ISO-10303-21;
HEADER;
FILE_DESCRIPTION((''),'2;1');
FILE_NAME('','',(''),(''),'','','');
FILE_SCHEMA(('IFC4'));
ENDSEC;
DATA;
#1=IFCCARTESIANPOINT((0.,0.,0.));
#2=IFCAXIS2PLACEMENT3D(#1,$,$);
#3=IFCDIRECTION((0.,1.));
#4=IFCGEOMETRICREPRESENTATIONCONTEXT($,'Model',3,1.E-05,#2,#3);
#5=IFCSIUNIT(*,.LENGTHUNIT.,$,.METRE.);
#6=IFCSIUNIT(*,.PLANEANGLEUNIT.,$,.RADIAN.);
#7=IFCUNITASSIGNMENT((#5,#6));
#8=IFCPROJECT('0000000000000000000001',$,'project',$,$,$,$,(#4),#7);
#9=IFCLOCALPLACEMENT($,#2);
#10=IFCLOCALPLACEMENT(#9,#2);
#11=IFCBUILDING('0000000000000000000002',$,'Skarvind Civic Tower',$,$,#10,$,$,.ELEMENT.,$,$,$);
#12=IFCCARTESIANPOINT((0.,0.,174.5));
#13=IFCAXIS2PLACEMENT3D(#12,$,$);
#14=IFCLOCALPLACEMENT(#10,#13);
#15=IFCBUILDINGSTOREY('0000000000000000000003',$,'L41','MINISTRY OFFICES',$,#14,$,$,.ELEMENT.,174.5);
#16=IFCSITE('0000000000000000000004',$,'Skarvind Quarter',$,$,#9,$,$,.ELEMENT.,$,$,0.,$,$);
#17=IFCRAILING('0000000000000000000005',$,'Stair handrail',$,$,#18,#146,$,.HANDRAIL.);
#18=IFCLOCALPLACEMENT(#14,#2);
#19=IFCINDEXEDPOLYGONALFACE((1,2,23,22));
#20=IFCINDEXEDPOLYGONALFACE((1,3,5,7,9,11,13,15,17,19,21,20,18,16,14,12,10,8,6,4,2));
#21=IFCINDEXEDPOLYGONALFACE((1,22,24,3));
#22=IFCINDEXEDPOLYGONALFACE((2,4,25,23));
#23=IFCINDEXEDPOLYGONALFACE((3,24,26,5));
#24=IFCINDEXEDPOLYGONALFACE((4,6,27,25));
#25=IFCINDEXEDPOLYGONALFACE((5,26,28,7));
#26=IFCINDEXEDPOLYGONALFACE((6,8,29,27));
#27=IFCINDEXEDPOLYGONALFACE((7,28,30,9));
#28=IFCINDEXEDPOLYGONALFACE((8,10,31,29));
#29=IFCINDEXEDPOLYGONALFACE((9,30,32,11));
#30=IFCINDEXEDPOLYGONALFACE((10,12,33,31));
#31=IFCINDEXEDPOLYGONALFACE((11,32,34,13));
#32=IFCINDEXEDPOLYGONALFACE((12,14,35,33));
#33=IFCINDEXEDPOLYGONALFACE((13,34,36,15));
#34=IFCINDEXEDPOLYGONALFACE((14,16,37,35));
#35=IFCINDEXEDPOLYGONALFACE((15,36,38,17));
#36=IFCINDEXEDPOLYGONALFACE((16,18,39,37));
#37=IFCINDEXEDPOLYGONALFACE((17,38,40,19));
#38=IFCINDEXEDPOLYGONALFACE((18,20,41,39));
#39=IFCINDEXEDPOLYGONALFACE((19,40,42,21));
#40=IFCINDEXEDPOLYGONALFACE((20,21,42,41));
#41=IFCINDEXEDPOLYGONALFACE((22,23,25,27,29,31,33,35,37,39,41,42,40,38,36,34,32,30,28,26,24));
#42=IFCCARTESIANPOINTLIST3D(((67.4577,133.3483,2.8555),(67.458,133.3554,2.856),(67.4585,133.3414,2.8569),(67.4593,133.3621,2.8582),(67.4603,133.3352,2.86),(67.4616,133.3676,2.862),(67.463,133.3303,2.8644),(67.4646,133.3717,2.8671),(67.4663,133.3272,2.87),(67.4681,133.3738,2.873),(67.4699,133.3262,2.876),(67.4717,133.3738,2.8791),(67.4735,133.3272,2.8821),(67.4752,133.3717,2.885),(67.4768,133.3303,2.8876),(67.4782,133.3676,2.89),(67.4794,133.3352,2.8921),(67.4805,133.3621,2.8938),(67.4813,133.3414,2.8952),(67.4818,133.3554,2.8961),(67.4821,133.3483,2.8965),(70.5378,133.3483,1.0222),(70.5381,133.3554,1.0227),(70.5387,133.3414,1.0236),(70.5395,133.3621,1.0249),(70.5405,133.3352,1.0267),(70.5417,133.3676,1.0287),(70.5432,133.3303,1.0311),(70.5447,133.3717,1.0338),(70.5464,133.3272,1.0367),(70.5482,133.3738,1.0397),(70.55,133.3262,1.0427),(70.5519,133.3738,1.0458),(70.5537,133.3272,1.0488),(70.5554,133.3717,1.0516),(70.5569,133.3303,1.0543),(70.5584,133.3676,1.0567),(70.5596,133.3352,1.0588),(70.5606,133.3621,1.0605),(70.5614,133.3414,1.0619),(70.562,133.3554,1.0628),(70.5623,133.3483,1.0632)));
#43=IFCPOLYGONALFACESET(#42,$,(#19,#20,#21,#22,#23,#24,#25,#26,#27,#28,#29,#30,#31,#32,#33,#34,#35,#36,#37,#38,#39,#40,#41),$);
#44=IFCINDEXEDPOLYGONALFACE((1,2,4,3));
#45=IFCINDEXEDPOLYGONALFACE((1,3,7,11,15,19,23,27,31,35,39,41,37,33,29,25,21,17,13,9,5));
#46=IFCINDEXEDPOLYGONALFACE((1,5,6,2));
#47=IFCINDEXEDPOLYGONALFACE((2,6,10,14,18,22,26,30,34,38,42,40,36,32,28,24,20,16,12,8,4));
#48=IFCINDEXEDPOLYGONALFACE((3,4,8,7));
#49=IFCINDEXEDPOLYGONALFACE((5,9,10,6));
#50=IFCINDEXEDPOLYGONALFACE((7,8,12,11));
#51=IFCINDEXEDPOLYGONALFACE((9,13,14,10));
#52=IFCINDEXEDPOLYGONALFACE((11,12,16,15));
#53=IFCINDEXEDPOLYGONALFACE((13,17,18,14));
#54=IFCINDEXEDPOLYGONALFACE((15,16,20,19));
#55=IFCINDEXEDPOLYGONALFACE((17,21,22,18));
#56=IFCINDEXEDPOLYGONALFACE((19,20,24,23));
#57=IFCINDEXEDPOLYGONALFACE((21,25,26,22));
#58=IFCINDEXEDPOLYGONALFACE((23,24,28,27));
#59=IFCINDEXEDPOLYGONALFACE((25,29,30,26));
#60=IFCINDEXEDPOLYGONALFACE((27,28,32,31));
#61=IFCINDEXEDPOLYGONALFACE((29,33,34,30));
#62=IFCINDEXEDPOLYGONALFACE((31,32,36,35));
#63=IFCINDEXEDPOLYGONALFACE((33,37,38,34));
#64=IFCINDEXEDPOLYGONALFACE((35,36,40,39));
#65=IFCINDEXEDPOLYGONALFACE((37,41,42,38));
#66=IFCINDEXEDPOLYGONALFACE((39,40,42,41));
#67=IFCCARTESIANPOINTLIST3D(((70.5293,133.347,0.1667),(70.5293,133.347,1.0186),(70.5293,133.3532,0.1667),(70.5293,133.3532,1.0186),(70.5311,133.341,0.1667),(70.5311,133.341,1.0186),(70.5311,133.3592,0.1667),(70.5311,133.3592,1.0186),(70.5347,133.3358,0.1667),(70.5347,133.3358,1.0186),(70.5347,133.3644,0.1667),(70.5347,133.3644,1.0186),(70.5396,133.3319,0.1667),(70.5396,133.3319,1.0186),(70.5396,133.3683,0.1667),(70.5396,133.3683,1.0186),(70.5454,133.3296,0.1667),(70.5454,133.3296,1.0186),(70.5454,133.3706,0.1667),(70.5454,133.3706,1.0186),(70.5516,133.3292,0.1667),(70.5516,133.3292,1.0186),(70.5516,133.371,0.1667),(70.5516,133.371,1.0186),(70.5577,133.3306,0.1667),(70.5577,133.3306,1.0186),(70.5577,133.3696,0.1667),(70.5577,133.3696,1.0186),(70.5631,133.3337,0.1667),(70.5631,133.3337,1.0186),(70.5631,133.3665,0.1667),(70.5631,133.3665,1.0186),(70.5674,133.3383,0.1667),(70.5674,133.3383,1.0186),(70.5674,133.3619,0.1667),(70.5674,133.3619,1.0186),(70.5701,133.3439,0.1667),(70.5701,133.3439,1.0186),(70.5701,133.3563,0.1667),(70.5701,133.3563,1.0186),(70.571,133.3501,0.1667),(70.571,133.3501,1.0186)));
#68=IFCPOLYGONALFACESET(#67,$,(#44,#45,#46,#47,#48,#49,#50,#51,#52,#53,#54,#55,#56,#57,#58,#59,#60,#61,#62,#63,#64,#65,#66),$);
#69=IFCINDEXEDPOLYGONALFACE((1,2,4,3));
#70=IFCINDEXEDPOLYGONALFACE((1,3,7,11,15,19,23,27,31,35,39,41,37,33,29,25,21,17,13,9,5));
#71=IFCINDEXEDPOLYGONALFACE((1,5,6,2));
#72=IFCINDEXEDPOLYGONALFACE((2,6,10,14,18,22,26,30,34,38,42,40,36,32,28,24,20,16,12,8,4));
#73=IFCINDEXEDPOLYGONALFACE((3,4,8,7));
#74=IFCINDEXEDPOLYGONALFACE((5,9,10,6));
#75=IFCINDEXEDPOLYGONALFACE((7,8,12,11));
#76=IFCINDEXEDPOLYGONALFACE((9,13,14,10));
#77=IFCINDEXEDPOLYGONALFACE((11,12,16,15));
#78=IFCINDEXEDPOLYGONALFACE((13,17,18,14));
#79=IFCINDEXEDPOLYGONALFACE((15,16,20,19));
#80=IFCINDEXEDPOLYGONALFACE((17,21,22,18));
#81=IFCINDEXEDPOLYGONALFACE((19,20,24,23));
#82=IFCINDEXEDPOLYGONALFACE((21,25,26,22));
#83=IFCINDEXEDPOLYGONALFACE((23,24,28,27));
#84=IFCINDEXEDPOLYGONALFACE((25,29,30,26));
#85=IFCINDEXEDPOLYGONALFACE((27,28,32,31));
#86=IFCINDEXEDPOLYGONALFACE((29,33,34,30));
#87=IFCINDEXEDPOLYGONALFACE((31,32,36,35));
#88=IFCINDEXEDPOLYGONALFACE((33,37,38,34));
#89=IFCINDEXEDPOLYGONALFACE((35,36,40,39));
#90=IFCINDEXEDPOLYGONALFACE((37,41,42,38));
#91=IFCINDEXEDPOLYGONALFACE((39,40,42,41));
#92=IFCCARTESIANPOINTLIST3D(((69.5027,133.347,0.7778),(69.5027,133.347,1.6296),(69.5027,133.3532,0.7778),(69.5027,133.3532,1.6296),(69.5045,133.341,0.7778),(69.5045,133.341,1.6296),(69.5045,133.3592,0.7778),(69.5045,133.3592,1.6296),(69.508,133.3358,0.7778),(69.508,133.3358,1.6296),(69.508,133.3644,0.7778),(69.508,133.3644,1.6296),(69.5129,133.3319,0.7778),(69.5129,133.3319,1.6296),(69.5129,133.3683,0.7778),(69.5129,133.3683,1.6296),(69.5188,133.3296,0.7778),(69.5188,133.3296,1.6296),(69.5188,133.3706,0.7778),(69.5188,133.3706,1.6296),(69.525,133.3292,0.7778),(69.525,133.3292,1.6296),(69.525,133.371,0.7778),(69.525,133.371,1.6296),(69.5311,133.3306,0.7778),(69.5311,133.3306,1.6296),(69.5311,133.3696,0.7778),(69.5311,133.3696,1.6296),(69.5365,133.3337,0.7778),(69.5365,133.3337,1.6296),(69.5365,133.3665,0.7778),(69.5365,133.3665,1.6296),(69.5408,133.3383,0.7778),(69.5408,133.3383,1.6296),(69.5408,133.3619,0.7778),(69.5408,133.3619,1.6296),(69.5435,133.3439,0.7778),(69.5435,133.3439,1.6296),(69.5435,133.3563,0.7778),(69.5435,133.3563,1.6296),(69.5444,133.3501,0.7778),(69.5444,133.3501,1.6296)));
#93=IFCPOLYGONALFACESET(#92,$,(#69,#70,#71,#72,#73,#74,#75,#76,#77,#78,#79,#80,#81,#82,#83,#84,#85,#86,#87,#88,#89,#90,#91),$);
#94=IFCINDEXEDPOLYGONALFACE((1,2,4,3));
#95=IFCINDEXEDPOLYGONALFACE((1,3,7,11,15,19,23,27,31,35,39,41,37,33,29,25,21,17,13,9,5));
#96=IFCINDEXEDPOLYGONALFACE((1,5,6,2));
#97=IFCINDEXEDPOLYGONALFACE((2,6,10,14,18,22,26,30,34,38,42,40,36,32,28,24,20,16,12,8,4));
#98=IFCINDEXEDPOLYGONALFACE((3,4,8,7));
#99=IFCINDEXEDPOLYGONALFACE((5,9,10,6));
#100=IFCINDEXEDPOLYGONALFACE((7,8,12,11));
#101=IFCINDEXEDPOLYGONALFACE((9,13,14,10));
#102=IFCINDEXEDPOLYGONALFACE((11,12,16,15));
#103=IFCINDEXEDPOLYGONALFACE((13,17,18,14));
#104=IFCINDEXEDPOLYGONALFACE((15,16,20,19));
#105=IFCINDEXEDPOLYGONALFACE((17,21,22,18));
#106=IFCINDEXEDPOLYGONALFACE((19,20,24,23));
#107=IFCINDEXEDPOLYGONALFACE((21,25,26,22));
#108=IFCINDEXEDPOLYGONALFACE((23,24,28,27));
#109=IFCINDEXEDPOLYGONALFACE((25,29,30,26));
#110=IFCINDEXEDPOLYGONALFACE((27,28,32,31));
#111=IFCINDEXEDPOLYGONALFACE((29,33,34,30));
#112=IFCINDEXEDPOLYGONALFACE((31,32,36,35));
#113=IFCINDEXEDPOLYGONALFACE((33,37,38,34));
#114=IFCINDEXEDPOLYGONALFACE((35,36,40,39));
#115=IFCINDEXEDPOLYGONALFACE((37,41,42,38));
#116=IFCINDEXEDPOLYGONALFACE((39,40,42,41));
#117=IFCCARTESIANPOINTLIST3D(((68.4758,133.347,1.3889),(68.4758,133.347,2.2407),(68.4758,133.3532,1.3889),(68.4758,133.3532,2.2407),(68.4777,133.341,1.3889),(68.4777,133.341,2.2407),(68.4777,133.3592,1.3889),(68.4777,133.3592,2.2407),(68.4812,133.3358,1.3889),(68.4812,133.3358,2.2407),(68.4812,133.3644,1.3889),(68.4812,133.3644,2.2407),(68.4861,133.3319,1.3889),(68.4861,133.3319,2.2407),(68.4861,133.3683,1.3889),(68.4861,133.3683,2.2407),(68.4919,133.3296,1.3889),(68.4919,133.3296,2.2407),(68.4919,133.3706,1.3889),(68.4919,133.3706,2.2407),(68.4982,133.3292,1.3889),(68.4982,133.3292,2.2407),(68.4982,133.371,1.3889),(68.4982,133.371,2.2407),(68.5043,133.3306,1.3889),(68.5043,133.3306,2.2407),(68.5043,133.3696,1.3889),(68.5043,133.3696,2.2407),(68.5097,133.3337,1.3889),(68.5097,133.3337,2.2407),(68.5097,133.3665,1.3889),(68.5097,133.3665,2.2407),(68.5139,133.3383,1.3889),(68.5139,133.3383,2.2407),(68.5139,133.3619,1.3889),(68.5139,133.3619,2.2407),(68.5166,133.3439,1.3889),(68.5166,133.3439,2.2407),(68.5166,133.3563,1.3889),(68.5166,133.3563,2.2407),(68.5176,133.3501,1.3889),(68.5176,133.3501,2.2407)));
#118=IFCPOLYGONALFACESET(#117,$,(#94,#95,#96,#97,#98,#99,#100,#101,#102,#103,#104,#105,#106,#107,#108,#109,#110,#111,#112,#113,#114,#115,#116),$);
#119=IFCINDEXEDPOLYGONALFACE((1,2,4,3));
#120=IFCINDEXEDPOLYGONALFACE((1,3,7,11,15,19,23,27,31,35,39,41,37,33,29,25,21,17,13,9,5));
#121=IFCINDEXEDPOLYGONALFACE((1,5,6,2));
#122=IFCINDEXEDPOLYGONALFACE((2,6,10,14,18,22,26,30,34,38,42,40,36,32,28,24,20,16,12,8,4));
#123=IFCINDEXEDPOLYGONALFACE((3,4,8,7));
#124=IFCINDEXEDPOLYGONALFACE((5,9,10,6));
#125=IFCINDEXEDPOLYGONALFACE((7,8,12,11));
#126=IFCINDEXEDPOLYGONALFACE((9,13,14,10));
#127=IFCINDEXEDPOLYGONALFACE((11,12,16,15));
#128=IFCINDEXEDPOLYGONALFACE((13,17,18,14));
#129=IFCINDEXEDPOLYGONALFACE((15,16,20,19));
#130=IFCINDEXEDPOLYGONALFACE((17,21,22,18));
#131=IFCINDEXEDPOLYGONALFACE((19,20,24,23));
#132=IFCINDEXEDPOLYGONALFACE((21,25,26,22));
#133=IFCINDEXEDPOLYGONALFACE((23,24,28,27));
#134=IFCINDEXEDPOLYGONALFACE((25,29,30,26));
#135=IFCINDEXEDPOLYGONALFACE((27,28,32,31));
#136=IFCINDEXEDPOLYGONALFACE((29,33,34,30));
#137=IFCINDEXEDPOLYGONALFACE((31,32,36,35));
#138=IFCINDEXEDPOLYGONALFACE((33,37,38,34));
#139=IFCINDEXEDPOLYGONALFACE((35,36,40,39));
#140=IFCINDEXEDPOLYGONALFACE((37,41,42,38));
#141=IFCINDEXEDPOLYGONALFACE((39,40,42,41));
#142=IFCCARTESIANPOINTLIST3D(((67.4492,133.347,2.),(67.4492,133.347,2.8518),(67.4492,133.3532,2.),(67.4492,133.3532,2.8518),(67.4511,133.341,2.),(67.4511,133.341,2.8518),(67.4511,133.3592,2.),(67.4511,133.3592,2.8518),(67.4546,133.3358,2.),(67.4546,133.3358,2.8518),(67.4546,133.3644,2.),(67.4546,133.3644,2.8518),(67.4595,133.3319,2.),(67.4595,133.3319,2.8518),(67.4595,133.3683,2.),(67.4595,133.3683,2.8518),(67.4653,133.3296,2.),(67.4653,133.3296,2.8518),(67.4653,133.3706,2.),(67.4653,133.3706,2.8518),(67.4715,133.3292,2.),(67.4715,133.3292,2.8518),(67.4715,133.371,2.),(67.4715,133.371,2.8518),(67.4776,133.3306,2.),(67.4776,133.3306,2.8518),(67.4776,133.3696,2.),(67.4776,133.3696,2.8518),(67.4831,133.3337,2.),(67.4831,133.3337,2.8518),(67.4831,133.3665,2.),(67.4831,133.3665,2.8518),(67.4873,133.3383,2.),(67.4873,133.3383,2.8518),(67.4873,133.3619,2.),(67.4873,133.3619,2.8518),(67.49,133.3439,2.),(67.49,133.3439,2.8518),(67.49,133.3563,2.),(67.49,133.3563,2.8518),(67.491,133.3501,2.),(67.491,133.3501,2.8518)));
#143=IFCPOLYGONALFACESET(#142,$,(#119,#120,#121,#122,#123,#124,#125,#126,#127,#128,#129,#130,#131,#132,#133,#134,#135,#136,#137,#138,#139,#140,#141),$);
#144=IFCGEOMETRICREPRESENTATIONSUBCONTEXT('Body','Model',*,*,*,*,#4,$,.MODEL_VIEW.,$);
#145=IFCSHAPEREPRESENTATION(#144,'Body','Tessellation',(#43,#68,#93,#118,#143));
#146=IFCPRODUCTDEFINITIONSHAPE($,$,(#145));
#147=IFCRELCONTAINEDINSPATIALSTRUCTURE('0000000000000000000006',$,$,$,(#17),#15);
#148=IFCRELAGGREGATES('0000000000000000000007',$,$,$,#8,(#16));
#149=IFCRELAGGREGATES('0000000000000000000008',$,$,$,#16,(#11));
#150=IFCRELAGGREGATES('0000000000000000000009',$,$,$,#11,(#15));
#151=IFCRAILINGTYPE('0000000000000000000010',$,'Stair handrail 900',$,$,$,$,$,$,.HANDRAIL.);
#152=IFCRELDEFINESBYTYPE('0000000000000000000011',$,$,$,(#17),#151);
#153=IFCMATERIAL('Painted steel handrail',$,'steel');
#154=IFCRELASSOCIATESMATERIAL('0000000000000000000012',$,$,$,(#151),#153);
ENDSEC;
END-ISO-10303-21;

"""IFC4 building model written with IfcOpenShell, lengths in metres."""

from ifc_helpers import new_model, si_unit, direction, frame, origin, origin_2d, place, context, subcontext, project, spatial, circle, extrude, material, type_object, element, save


model = new_model("IFC4")

# Units and contexts
model_context = context("Model", 3, precision=1e-05, world=origin(), true_north=direction((0.0, 1.0)))
body_context = subcontext(model_context, "Body", "Model", "MODEL_VIEW")
ifc_project = project(units=[si_unit("LENGTHUNIT", "METRE"), si_unit("PLANEANGLEUNIT", "RADIAN")], contexts=[model_context])

# Site, building, storey
site_placement = place(None, origin())
site = spatial("IfcSite", under=ifc_project, at=site_placement, Name="Skarvind Quarter", CompositionType="ELEMENT", RefElevation=0.0)
building_placement = place(site_placement, origin())
building = spatial("IfcBuilding", under=site, at=building_placement, Name="Skarvind Civic Tower", CompositionType="ELEMENT")
storey_placement = place(building_placement, frame((0.0, 0.0, 174.5)))
storey = spatial("IfcBuildingStorey", under=building, at=storey_placement, Name="L41", Description="MINISTRY OFFICES", CompositionType="ELEMENT", Elevation=174.5)

# Railing
ifc_material_1 = material(Name="Painted steel handrail", Category="steel")
railing_type = type_object("IfcRailingType", Name="Stair handrail 900", PredefinedType="HANDRAIL", material=ifc_material_1)
railing_1_placement = place(storey_placement, frame((70.55, 133.3501, 0.1667)))
element("IfcRailing", 1, at=railing_1_placement, inside=storey, type_object=railing_type, Name="Stair handrail", PredefinedType="HANDRAIL", context=body_context, shape_type="SweptSolid", body=[
    extrude(circle(Radius=0.0239, at=origin_2d()), frame((0.0, 0.0, 0.876), z_axis=(-0.859309, 0.0, 0.511458), x_axis=(0.0, -1.0, 0.0)), (0.0, 0.0, 1.0), 3.5845),
    extrude(circle(Radius=0.021, at=origin_2d()), origin(), (0.0, 0.0, 1.0), 0.8518),
    extrude(circle(Radius=0.021, at=origin_2d()), frame((-1.0266, 0.0, 0.6111)), (0.0, 0.0, 1.0), 0.8518),
    extrude(circle(Radius=0.021, at=origin_2d()), frame((-2.0535, 0.0, 1.2222)), (0.0, 0.0, 1.0), 0.8518),
    extrude(circle(Radius=0.021, at=origin_2d()), frame((-3.0801, 0.0, 1.8333)), (0.0, 0.0, 1.0), 0.8518),
])

save(model, "model.ifc")
